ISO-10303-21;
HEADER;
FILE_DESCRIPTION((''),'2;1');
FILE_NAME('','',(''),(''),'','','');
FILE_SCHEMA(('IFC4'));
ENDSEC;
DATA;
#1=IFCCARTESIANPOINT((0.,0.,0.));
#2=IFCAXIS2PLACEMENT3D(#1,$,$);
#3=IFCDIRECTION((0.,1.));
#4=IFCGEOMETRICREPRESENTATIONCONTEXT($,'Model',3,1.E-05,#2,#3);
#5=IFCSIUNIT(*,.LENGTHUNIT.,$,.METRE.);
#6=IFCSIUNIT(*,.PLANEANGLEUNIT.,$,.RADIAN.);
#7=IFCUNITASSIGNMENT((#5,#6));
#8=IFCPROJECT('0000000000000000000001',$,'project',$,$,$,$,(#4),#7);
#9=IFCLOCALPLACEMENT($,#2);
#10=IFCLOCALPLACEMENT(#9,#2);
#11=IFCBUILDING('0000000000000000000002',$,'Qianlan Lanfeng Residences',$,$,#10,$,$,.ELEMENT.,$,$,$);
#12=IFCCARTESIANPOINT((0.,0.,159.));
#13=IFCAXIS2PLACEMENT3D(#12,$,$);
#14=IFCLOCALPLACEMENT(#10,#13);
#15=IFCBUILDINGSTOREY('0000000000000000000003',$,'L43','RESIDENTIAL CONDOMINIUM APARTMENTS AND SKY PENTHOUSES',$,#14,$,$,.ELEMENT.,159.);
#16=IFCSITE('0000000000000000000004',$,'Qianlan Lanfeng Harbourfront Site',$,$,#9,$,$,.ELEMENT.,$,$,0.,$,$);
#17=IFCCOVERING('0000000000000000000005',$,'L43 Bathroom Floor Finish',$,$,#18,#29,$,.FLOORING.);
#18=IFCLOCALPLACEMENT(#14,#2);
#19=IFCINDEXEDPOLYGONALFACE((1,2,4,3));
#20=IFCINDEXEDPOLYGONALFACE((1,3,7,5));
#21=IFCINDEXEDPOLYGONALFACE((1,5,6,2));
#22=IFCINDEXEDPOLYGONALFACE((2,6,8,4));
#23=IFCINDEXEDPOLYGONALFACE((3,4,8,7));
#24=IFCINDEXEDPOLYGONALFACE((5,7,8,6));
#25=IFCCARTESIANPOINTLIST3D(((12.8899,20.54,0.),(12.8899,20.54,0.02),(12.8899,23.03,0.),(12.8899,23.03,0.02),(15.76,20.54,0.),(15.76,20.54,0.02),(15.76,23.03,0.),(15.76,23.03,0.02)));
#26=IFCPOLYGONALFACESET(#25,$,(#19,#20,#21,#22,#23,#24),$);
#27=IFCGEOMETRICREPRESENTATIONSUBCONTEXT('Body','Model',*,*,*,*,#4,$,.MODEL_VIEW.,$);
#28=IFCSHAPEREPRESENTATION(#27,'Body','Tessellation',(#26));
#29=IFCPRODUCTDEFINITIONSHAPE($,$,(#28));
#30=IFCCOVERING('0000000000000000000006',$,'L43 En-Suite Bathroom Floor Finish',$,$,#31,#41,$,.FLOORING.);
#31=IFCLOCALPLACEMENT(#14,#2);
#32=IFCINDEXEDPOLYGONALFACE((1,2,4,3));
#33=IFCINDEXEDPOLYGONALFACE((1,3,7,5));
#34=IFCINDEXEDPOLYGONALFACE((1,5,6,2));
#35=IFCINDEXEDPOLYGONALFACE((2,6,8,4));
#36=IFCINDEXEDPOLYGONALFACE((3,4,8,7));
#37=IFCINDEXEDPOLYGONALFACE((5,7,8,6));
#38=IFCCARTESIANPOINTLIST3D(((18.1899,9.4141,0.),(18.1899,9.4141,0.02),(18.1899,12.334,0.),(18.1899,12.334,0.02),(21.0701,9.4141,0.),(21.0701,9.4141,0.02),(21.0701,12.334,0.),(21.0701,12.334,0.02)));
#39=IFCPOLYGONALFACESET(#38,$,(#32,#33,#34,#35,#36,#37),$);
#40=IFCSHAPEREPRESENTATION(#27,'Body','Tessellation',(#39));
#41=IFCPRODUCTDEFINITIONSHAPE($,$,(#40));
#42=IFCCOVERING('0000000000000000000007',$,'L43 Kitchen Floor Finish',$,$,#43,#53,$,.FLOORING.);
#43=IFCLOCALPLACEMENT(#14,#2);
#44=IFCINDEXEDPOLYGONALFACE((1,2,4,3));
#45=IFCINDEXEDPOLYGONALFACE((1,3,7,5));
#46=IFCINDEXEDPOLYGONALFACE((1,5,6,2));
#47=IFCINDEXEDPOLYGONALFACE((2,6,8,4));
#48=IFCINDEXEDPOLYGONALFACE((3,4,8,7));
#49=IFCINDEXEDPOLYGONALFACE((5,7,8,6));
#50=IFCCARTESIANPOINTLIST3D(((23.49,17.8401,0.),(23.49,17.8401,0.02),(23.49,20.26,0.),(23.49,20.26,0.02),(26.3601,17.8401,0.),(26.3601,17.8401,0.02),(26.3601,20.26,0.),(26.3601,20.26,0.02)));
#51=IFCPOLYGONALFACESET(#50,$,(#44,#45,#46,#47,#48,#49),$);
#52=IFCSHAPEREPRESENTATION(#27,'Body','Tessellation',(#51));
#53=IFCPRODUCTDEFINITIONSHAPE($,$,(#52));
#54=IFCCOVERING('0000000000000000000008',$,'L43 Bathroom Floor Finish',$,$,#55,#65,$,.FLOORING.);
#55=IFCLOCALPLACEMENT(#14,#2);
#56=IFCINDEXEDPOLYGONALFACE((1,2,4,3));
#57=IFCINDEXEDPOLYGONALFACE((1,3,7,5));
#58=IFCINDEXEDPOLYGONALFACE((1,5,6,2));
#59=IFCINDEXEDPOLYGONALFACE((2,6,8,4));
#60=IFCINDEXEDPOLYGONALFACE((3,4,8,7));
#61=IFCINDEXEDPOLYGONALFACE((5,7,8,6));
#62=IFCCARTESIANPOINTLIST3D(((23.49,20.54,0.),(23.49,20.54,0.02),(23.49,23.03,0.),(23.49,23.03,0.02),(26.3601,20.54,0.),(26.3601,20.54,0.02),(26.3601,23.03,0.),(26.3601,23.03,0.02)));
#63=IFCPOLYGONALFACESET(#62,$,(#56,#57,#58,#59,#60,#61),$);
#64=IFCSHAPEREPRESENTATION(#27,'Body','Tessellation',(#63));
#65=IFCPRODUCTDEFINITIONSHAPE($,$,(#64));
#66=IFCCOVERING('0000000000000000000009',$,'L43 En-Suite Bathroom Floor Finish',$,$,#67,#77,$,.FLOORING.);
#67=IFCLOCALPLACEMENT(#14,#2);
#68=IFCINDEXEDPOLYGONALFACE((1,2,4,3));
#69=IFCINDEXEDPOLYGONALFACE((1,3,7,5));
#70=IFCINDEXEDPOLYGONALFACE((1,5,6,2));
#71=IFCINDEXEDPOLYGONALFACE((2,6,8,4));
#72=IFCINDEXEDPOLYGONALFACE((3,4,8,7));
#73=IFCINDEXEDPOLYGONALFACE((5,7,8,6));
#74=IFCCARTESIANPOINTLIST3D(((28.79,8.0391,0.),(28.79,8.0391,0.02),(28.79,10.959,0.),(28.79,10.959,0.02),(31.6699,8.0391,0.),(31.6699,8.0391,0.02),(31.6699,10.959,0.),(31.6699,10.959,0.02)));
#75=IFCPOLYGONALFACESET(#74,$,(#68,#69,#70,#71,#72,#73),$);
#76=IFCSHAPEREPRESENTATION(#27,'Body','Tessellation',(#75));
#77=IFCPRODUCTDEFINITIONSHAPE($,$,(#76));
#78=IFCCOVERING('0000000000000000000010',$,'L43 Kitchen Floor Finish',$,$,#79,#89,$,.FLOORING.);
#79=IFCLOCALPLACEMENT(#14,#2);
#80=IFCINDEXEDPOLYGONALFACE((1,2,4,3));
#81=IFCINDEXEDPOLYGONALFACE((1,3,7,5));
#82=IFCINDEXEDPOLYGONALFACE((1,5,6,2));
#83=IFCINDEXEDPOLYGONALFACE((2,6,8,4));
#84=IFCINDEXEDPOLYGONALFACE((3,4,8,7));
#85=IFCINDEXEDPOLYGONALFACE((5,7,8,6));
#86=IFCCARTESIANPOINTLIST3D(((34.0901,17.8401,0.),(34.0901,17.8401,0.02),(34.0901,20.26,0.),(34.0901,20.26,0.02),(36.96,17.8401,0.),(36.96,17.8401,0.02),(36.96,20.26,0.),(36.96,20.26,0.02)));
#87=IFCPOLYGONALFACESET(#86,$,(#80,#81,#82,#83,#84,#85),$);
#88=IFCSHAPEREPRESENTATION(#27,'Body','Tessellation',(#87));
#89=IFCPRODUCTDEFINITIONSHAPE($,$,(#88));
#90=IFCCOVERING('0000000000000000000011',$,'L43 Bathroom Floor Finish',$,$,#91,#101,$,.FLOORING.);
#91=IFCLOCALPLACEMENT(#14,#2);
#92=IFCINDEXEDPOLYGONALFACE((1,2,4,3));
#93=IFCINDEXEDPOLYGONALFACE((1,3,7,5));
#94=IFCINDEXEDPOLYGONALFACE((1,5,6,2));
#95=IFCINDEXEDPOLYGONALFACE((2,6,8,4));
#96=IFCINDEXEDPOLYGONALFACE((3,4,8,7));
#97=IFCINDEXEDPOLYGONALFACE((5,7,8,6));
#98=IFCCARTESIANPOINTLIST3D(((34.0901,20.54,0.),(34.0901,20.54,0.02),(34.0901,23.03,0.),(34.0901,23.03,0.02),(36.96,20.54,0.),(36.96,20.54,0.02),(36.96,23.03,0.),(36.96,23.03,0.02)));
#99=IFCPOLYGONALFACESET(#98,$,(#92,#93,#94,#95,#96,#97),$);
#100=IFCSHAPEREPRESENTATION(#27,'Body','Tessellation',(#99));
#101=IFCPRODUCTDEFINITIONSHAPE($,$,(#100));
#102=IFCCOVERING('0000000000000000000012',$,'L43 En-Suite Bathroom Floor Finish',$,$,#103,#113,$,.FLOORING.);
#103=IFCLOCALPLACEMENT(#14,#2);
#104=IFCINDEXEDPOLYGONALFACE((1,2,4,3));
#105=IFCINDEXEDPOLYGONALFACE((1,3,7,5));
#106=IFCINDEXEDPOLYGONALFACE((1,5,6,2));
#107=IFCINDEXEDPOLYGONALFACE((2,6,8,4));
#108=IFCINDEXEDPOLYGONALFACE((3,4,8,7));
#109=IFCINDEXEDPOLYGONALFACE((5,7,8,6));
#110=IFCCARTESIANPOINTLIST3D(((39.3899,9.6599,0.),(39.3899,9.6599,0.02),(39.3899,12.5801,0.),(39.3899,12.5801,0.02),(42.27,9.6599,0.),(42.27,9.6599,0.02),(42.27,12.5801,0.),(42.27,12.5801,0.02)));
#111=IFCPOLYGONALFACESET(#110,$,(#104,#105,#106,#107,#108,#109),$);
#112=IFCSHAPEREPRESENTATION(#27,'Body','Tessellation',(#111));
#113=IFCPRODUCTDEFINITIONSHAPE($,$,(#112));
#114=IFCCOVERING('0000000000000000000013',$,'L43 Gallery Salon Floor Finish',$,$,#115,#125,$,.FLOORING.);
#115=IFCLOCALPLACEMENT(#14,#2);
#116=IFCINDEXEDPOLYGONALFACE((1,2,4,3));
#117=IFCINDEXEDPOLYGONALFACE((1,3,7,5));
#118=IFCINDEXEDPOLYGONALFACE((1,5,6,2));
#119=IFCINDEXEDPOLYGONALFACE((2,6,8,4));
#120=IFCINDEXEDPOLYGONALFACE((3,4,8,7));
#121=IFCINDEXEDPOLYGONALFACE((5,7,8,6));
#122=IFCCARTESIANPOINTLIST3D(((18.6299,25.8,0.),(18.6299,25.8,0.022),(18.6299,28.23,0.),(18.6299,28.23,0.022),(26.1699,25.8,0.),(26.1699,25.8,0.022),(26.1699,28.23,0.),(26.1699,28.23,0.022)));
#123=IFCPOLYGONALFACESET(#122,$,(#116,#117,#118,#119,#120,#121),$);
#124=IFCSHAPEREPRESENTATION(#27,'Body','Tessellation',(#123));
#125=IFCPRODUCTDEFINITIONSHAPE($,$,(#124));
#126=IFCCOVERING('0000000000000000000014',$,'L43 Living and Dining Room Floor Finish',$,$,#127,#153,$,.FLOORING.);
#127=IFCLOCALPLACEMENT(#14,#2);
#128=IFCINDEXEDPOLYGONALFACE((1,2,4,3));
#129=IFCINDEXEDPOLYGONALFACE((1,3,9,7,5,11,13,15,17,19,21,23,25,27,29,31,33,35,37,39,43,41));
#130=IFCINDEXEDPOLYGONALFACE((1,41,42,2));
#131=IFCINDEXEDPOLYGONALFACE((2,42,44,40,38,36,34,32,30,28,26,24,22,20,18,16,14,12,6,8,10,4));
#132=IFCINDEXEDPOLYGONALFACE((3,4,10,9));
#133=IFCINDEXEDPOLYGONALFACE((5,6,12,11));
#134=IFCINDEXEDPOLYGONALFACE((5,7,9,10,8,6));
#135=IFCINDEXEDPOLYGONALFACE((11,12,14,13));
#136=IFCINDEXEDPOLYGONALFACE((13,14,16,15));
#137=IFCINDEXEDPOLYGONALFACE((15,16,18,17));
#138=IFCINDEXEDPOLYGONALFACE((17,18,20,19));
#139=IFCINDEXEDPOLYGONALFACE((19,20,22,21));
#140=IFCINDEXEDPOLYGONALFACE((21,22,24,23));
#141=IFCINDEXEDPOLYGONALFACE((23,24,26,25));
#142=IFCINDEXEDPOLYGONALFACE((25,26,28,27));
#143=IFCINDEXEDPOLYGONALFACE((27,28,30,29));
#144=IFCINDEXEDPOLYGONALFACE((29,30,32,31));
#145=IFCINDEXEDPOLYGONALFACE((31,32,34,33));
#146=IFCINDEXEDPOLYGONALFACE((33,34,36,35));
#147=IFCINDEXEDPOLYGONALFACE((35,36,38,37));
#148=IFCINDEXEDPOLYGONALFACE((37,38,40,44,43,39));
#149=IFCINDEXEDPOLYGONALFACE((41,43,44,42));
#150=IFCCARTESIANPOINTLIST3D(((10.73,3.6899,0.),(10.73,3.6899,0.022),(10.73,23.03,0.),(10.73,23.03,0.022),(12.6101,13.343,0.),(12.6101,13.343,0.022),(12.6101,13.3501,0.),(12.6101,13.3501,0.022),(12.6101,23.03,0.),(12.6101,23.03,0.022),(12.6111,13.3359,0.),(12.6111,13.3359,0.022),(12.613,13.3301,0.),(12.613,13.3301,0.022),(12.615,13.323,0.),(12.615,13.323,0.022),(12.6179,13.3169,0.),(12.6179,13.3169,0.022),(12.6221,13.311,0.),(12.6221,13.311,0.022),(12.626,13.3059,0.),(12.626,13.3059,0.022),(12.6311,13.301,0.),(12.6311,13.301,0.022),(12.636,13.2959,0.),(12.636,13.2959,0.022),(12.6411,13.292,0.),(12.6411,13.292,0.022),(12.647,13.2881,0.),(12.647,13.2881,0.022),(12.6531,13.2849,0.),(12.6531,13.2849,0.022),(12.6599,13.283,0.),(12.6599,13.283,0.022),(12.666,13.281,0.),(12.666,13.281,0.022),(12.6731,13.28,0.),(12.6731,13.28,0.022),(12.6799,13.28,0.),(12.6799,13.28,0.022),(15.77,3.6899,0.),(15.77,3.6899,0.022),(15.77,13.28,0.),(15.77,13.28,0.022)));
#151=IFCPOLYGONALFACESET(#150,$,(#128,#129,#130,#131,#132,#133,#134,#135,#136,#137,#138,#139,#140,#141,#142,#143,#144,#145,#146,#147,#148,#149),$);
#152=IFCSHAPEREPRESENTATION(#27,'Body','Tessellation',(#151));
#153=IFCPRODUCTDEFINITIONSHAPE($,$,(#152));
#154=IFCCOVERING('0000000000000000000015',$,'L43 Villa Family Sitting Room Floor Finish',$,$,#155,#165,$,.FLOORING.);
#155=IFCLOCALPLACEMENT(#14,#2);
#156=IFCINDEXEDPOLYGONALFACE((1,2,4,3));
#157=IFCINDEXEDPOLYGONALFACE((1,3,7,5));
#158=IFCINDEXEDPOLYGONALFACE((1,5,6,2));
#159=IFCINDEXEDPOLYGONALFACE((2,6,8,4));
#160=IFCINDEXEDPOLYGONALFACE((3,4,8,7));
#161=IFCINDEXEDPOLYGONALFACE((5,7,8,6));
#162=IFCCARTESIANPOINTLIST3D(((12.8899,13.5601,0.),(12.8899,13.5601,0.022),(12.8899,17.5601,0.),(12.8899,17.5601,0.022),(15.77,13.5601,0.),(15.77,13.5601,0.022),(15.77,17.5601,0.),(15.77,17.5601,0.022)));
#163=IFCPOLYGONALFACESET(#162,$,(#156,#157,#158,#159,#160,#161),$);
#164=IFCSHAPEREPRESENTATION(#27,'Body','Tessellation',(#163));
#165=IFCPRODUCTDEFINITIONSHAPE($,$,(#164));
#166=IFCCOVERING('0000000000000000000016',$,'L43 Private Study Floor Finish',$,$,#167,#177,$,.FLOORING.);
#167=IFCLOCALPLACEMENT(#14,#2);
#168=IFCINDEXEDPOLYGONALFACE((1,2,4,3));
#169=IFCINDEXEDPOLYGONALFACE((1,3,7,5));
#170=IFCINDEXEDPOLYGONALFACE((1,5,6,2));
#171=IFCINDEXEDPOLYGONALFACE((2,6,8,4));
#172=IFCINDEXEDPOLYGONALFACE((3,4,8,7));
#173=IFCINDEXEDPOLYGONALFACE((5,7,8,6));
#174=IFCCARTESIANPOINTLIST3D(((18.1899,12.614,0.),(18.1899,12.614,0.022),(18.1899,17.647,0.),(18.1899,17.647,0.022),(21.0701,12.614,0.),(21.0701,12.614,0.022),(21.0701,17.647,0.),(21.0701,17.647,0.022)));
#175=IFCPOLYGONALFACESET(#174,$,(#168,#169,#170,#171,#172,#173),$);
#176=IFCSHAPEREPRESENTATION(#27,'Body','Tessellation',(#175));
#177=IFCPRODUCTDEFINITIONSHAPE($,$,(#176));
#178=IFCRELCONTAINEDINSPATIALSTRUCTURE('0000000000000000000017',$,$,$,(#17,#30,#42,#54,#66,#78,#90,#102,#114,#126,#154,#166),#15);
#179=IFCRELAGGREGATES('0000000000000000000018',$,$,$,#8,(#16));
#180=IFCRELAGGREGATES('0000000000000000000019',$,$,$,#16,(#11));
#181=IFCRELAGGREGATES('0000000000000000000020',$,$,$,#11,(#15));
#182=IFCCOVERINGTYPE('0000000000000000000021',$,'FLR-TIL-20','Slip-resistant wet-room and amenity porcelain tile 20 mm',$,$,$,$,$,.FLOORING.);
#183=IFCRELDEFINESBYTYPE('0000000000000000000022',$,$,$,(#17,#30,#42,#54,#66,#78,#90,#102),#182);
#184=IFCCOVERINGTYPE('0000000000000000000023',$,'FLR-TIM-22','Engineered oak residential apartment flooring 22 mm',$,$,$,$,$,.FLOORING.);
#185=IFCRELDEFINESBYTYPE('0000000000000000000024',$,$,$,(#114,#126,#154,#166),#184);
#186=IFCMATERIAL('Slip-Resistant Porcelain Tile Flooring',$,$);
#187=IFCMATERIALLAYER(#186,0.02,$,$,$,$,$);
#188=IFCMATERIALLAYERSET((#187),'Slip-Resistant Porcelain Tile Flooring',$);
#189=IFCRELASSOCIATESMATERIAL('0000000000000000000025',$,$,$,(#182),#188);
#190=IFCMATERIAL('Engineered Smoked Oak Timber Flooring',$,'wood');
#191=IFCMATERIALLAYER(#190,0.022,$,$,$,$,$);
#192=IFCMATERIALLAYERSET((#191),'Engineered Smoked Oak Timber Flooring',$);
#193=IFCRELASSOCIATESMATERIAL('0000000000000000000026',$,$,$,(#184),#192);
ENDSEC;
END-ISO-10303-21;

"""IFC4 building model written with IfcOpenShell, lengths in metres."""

from ifc_helpers import new_model, si_unit, direction, frame, origin, place, context, subcontext, project, spatial, polyline, outline, extrude, material, layer, layer_set, type_object, element, save


model = new_model("IFC4")

# Units and contexts
model_context = context("Model", 3, precision=1e-05, world=origin(), true_north=direction((0.0, 1.0)))
body_context = subcontext(model_context, "Body", "Model", "MODEL_VIEW")
ifc_project = project(units=[si_unit("LENGTHUNIT", "METRE"), si_unit("PLANEANGLEUNIT", "RADIAN")], contexts=[model_context])

# Site, building, storey
site_placement = place(None, origin())
site = spatial("IfcSite", under=ifc_project, at=site_placement, Name="Qianlan Lanfeng Harbourfront Site", CompositionType="ELEMENT", RefElevation=0.0)
building_placement = place(site_placement, origin())
building = spatial("IfcBuilding", under=site, at=building_placement, Name="Qianlan Lanfeng Residences", CompositionType="ELEMENT")
storey_placement = place(building_placement, frame((0.0, 0.0, 159.0)))
storey = spatial("IfcBuildingStorey", under=building, at=storey_placement, Name="L43", Description="RESIDENTIAL CONDOMINIUM APARTMENTS AND SKY PENTHOUSES", CompositionType="ELEMENT", Elevation=159.0)

# Coverings
ifc_material_1 = material(Name="Slip-Resistant Porcelain Tile Flooring")
ifc_layer_1 = layer(ifc_material_1, 0.02)
ifc_layer_set_1 = layer_set([ifc_layer_1], Name="Slip-Resistant Porcelain Tile Flooring")
covering_type_1 = type_object("IfcCoveringType", Name="FLR-TIL-20", Description="Slip-resistant wet-room and amenity porcelain tile 20 mm", PredefinedType="FLOORING", material=ifc_layer_set_1)
covering_1_placement = place(storey_placement, origin())
element("IfcCovering", 1, at=covering_1_placement, inside=storey, type_object=covering_type_1, Name="L43 Bathroom Floor Finish", PredefinedType="FLOORING", context=body_context, shape_type="SweptSolid", body=[
    extrude(outline(polyline([(12.8899, 20.54), (15.76, 20.54), (15.76, 23.03), (12.8899, 23.03), (12.8899, 20.54)])), origin(), (0.0, 0.0, 1.0), 0.02),
])
covering_2_placement = place(storey_placement, origin())
element("IfcCovering", 2, at=covering_2_placement, inside=storey, type_object=covering_type_1, Name="L43 En-Suite Bathroom Floor Finish", PredefinedType="FLOORING", context=body_context, shape_type="SweptSolid", body=[
    extrude(outline(polyline([(18.1899, 9.4141), (21.0701, 9.4141), (21.0701, 12.334), (18.1899, 12.334), (18.1899, 9.4141)])), origin(), (0.0, 0.0, 1.0), 0.02),
])
covering_3_placement = place(storey_placement, origin())
element("IfcCovering", 3, at=covering_3_placement, inside=storey, type_object=covering_type_1, Name="L43 Kitchen Floor Finish", PredefinedType="FLOORING", context=body_context, shape_type="SweptSolid", body=[
    extrude(outline(polyline([(23.49, 17.8401), (26.3601, 17.8401), (26.3601, 20.26), (23.49, 20.26), (23.49, 17.8401)])), origin(), (0.0, 0.0, 1.0), 0.02),
])
covering_4_placement = place(storey_placement, origin())
element("IfcCovering", 4, at=covering_4_placement, inside=storey, type_object=covering_type_1, Name="L43 Bathroom Floor Finish", PredefinedType="FLOORING", context=body_context, shape_type="SweptSolid", body=[
    extrude(outline(polyline([(23.49, 20.54), (26.3601, 20.54), (26.3601, 23.03), (23.49, 23.03), (23.49, 20.54)])), origin(), (0.0, 0.0, 1.0), 0.02),
])
covering_5_placement = place(storey_placement, origin())
element("IfcCovering", 5, at=covering_5_placement, inside=storey, type_object=covering_type_1, Name="L43 En-Suite Bathroom Floor Finish", PredefinedType="FLOORING", context=body_context, shape_type="SweptSolid", body=[
    extrude(outline(polyline([(28.79, 8.0391), (31.6699, 8.0391), (31.6699, 10.959), (28.79, 10.959), (28.79, 8.0391)])), origin(), (0.0, 0.0, 1.0), 0.02),
])
covering_6_placement = place(storey_placement, origin())
element("IfcCovering", 6, at=covering_6_placement, inside=storey, type_object=covering_type_1, Name="L43 Kitchen Floor Finish", PredefinedType="FLOORING", context=body_context, shape_type="SweptSolid", body=[
    extrude(outline(polyline([(34.0901, 17.8401), (36.96, 17.8401), (36.96, 20.26), (34.0901, 20.26), (34.0901, 17.8401)])), origin(), (0.0, 0.0, 1.0), 0.02),
])
covering_7_placement = place(storey_placement, origin())
element("IfcCovering", 7, at=covering_7_placement, inside=storey, type_object=covering_type_1, Name="L43 Bathroom Floor Finish", PredefinedType="FLOORING", context=body_context, shape_type="SweptSolid", body=[
    extrude(outline(polyline([(34.0901, 20.54), (36.96, 20.54), (36.96, 23.03), (34.0901, 23.03), (34.0901, 20.54)])), origin(), (0.0, 0.0, 1.0), 0.02),
])
covering_8_placement = place(storey_placement, origin())
element("IfcCovering", 8, at=covering_8_placement, inside=storey, type_object=covering_type_1, Name="L43 En-Suite Bathroom Floor Finish", PredefinedType="FLOORING", context=body_context, shape_type="SweptSolid", body=[
    extrude(outline(polyline([(39.3899, 9.6599), (42.27, 9.6599), (42.27, 12.5801), (39.3899, 12.5801), (39.3899, 9.6599)])), origin(), (0.0, 0.0, 1.0), 0.02),
])
ifc_material_2 = material(Name="Engineered Smoked Oak Timber Flooring", Category="wood")
ifc_layer_2 = layer(ifc_material_2, 0.022)
ifc_layer_set_2 = layer_set([ifc_layer_2], Name="Engineered Smoked Oak Timber Flooring")
covering_type_2 = type_object("IfcCoveringType", Name="FLR-TIM-22", Description="Engineered oak residential apartment flooring 22 mm", PredefinedType="FLOORING", material=ifc_layer_set_2)
covering_9_placement = place(storey_placement, origin())
element("IfcCovering", 9, at=covering_9_placement, inside=storey, type_object=covering_type_2, Name="L43 Gallery Salon Floor Finish", PredefinedType="FLOORING", context=body_context, shape_type="SweptSolid", body=[
    extrude(outline(polyline([(18.6299, 25.8), (26.1699, 25.8), (26.1699, 28.23), (18.6299, 28.23), (18.6299, 25.8)])), origin(), (0.0, 0.0, 1.0), 0.022),
])
covering_10_placement = place(storey_placement, origin())
element("IfcCovering", 10, at=covering_10_placement, inside=storey, type_object=covering_type_2, Name="L43 Living and Dining Room Floor Finish", PredefinedType="FLOORING", context=body_context, shape_type="SweptSolid", body=[
    extrude(outline(polyline([(15.77, 3.6899), (15.77, 13.28), (12.6799, 13.28), (12.6731, 13.28), (12.666, 13.281), (12.6599, 13.283), (12.6531, 13.2849), (12.647, 13.2881), (12.6411, 13.292), (12.636, 13.2959), (12.6311, 13.301), (12.626, 13.3059), (12.6221, 13.311), (12.6179, 13.3169), (12.615, 13.323), (12.613, 13.3301), (12.6111, 13.3359), (12.6101, 13.343), (12.6101, 13.3501), (12.6101, 23.03), (10.73, 23.03), (10.73, 3.6899), (15.77, 3.6899)])), origin(), (0.0, 0.0, 1.0), 0.022),
])
covering_11_placement = place(storey_placement, origin())
element("IfcCovering", 11, at=covering_11_placement, inside=storey, type_object=covering_type_2, Name="L43 Villa Family Sitting Room Floor Finish", PredefinedType="FLOORING", context=body_context, shape_type="SweptSolid", body=[
    extrude(outline(polyline([(12.8899, 17.5601), (12.8899, 13.5601), (15.77, 13.5601), (15.77, 17.5601), (12.8899, 17.5601)])), origin(), (0.0, 0.0, 1.0), 0.022),
])
covering_12_placement = place(storey_placement, origin())
element("IfcCovering", 12, at=covering_12_placement, inside=storey, type_object=covering_type_2, Name="L43 Private Study Floor Finish", PredefinedType="FLOORING", context=body_context, shape_type="SweptSolid", body=[
    extrude(outline(polyline([(18.1899, 12.614), (21.0701, 12.614), (21.0701, 17.647), (18.1899, 17.647), (18.1899, 12.614)])), origin(), (0.0, 0.0, 1.0), 0.022),
])

save(model, "model.ifc")
